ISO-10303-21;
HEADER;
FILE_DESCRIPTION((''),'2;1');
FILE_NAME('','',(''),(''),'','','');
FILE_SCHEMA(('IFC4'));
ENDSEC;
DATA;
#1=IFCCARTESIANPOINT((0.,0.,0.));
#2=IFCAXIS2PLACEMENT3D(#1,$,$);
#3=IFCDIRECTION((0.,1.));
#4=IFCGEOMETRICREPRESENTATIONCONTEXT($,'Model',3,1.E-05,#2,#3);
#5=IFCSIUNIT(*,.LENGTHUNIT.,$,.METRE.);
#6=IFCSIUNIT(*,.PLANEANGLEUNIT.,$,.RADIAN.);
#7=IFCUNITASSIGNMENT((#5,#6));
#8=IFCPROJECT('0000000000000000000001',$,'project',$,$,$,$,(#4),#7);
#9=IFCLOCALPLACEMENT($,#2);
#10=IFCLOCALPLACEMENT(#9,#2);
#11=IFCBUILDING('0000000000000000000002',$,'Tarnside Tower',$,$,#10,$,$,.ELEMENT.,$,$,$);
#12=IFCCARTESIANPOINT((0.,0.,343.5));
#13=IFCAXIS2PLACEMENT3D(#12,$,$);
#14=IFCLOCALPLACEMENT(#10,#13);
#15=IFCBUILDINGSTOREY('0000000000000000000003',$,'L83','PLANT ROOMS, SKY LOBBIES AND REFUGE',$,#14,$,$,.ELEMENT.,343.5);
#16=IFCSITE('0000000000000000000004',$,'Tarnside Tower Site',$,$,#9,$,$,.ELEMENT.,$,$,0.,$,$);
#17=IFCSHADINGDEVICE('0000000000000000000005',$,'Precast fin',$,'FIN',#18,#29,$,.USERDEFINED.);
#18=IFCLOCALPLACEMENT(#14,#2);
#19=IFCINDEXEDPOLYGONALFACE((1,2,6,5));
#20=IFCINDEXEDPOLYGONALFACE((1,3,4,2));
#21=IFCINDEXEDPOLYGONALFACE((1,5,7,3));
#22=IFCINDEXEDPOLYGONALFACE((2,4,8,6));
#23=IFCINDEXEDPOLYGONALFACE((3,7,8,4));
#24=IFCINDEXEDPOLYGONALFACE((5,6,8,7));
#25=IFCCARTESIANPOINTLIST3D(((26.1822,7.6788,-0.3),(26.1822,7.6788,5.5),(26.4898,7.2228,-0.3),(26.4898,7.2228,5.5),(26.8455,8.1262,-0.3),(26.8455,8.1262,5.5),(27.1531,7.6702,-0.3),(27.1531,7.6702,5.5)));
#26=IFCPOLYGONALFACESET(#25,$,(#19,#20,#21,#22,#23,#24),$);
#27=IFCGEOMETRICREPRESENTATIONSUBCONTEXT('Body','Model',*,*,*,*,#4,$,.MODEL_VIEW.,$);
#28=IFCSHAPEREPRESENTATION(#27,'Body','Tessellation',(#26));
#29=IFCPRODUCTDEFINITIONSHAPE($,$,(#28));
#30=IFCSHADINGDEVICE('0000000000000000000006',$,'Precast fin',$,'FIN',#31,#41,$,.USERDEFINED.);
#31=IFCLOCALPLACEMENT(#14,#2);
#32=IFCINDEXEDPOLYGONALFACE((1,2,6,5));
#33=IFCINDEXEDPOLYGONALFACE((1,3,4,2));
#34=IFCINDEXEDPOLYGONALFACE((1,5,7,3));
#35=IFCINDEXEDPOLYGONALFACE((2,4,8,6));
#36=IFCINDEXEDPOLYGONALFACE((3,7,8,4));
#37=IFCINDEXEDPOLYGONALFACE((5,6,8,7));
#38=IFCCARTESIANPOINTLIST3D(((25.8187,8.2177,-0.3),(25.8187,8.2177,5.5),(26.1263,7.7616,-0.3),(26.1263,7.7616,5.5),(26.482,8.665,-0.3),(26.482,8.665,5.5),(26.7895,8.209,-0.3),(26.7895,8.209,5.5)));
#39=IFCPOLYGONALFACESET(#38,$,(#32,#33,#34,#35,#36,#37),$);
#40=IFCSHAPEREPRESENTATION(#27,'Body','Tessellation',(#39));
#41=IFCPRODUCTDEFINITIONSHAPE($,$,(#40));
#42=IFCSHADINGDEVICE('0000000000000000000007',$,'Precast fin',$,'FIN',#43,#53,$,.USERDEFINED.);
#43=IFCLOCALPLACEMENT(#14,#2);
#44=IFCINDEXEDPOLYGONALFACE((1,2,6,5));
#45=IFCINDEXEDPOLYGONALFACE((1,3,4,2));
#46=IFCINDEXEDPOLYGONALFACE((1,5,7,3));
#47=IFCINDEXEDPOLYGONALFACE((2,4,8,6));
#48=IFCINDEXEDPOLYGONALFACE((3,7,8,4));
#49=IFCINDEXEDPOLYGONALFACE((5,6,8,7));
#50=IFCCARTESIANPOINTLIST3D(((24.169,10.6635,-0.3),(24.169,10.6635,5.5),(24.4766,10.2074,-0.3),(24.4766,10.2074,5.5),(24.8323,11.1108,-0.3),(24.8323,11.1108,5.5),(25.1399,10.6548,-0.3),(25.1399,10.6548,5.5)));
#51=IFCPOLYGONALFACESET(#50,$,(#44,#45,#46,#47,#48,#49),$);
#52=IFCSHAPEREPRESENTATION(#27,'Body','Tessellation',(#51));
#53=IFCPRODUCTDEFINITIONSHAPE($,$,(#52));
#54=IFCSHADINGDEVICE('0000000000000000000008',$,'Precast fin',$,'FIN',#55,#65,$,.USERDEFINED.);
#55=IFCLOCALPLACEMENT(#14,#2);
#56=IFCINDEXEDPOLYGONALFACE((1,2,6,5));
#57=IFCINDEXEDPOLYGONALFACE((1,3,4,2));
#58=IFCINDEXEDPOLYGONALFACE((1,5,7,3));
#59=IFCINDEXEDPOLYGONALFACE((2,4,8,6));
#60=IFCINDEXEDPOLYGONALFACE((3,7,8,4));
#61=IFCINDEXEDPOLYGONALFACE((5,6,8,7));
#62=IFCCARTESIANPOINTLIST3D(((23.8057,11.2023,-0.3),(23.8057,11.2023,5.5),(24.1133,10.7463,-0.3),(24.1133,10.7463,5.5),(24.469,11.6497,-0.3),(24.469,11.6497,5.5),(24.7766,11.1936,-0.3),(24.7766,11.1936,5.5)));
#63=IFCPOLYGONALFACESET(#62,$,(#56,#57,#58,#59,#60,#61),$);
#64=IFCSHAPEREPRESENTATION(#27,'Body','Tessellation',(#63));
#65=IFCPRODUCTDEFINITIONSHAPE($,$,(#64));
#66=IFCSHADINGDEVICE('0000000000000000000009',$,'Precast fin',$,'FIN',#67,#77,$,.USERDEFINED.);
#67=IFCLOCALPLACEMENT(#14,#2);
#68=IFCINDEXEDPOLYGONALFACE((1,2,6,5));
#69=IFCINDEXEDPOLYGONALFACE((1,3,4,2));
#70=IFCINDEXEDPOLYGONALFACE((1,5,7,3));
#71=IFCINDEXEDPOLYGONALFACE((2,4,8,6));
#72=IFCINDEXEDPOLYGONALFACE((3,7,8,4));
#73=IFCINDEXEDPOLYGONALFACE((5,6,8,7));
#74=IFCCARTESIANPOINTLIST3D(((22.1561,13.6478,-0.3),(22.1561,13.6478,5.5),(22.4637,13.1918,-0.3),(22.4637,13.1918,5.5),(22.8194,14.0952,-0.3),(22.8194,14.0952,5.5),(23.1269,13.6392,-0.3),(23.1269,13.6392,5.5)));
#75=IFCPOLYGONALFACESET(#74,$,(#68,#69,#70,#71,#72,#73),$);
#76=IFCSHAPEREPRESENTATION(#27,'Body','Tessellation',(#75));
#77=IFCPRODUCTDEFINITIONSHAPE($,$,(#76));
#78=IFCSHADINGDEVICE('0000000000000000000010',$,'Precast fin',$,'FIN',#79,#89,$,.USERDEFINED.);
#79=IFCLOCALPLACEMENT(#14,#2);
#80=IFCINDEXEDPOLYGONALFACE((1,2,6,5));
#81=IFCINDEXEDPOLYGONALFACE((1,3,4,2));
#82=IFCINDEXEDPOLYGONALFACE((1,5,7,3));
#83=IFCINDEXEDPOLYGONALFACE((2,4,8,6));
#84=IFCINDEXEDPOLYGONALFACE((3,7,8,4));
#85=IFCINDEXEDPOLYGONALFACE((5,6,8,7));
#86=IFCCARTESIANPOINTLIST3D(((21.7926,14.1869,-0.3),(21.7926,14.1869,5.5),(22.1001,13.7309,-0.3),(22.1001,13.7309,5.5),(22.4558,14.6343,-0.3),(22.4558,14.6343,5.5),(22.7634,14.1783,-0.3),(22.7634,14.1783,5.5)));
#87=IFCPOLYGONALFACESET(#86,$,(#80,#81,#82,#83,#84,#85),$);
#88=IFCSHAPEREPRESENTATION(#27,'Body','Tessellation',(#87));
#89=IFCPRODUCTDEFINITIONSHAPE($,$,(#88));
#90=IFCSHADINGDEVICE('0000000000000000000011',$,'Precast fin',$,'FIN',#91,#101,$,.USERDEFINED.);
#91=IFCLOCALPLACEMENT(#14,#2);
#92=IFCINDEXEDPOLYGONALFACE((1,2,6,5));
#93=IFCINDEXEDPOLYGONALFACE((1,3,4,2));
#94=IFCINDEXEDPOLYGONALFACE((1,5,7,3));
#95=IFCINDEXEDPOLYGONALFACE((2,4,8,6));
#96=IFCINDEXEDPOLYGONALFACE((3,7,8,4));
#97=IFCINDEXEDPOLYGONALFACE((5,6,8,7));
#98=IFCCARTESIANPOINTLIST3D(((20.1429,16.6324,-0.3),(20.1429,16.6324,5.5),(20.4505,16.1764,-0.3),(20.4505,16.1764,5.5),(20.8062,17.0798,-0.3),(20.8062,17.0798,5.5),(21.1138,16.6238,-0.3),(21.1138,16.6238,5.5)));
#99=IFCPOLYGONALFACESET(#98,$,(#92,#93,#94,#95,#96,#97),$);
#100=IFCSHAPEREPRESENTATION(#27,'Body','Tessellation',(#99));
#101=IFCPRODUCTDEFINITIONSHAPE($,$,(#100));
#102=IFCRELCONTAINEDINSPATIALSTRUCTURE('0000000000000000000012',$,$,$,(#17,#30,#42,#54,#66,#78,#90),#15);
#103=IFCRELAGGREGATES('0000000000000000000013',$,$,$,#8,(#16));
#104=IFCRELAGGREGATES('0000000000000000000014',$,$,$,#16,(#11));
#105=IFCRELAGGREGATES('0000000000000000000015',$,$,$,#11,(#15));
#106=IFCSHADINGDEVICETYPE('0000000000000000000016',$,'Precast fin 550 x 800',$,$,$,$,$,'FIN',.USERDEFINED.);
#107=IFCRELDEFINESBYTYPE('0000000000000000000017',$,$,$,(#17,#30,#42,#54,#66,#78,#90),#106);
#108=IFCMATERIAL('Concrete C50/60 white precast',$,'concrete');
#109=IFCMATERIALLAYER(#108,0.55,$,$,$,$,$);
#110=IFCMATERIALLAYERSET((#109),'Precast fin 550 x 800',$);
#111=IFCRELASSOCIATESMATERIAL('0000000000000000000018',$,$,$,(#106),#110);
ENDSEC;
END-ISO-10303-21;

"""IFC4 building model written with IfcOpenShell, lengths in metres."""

from ifc_helpers import new_model, si_unit, direction, frame, origin, place, context, subcontext, project, spatial, polyline, outline, extrude, material, layer, layer_set, type_object, element, save


model = new_model("IFC4")

# Units and contexts
model_context = context("Model", 3, precision=1e-05, world=origin(), true_north=direction((0.0, 1.0)))
body_context = subcontext(model_context, "Body", "Model", "MODEL_VIEW")
ifc_project = project(units=[si_unit("LENGTHUNIT", "METRE"), si_unit("PLANEANGLEUNIT", "RADIAN")], contexts=[model_context])

# Site, building, storey
site_placement = place(None, origin())
site = spatial("IfcSite", under=ifc_project, at=site_placement, Name="Tarnside Tower Site", CompositionType="ELEMENT", RefElevation=0.0)
building_placement = place(site_placement, origin())
building = spatial("IfcBuilding", under=site, at=building_placement, Name="Tarnside Tower", CompositionType="ELEMENT")
storey_placement = place(building_placement, frame((0.0, 0.0, 343.5)))
storey = spatial("IfcBuildingStorey", under=building, at=storey_placement, Name="L83", Description="PLANT ROOMS, SKY LOBBIES AND REFUGE", CompositionType="ELEMENT", Elevation=343.5)

# Shading devices
ifc_material_1 = material(Name="Concrete C50/60 white precast", Category="concrete")
ifc_layer_1 = layer(ifc_material_1, 0.55)
ifc_layer_set_1 = layer_set([ifc_layer_1], Name="Precast fin 550 x 800")
shading_device_type_1 = type_object("IfcShadingDeviceType", Name="Precast fin 550 x 800", ElementType="FIN", PredefinedType="USERDEFINED", material=ifc_layer_set_1)
for number, where, z_axis, x_axis, name in (
    (1, (26.3359, 7.4509, -0.3), (0.559193, -0.829038, 0.0), (0.829038, 0.559193, 0.0), "Precast fin"),
    (2, (25.9724, 7.9897, -0.3), (0.559193, -0.829038, 0.0), (0.829038, 0.559193, 0.0), "Precast fin"),
    (3, (24.3228, 10.4355, -0.3), (0.559193, -0.829038, 0.0), (0.829038, 0.559193, 0.0), "Precast fin"),
    (4, (23.9595, 10.9744, -0.3), (0.559193, -0.829038, 0.0), (0.829038, 0.559193, 0.0), "Precast fin"),
    (5, (22.3098, 13.4199, -0.3), (0.559193, -0.829038, 0.0), (0.829038, 0.559193, 0.0), "Precast fin"),
    (6, (21.9463, 13.959, -0.3), (0.559193, -0.829038, 0.0), (0.829038, 0.559193, 0.0), "Precast fin"),
    (7, (20.2966, 16.4045, -0.3), (0.559193, -0.829038, 0.0), (0.829038, 0.559193, 0.0), "Precast fin"),
):
    element("IfcShadingDevice", number, at=place(storey_placement, frame(where, z_axis=z_axis, x_axis=x_axis)), inside=storey, type_object=shading_device_type_1, Name=name, ObjectType="FIN", PredefinedType="USERDEFINED", context=body_context, shape_type="SweptSolid", body=[
        extrude(outline(polyline([(0.0, 0.0), (0.8, 0.0), (0.8, 5.8), (0.0, 5.8), (0.0, 0.0)])), frame((0.0, 0.0, -0.2749)), (0.0, 0.0, 1.0), 0.55),
    ])

save(model, "model.ifc")
